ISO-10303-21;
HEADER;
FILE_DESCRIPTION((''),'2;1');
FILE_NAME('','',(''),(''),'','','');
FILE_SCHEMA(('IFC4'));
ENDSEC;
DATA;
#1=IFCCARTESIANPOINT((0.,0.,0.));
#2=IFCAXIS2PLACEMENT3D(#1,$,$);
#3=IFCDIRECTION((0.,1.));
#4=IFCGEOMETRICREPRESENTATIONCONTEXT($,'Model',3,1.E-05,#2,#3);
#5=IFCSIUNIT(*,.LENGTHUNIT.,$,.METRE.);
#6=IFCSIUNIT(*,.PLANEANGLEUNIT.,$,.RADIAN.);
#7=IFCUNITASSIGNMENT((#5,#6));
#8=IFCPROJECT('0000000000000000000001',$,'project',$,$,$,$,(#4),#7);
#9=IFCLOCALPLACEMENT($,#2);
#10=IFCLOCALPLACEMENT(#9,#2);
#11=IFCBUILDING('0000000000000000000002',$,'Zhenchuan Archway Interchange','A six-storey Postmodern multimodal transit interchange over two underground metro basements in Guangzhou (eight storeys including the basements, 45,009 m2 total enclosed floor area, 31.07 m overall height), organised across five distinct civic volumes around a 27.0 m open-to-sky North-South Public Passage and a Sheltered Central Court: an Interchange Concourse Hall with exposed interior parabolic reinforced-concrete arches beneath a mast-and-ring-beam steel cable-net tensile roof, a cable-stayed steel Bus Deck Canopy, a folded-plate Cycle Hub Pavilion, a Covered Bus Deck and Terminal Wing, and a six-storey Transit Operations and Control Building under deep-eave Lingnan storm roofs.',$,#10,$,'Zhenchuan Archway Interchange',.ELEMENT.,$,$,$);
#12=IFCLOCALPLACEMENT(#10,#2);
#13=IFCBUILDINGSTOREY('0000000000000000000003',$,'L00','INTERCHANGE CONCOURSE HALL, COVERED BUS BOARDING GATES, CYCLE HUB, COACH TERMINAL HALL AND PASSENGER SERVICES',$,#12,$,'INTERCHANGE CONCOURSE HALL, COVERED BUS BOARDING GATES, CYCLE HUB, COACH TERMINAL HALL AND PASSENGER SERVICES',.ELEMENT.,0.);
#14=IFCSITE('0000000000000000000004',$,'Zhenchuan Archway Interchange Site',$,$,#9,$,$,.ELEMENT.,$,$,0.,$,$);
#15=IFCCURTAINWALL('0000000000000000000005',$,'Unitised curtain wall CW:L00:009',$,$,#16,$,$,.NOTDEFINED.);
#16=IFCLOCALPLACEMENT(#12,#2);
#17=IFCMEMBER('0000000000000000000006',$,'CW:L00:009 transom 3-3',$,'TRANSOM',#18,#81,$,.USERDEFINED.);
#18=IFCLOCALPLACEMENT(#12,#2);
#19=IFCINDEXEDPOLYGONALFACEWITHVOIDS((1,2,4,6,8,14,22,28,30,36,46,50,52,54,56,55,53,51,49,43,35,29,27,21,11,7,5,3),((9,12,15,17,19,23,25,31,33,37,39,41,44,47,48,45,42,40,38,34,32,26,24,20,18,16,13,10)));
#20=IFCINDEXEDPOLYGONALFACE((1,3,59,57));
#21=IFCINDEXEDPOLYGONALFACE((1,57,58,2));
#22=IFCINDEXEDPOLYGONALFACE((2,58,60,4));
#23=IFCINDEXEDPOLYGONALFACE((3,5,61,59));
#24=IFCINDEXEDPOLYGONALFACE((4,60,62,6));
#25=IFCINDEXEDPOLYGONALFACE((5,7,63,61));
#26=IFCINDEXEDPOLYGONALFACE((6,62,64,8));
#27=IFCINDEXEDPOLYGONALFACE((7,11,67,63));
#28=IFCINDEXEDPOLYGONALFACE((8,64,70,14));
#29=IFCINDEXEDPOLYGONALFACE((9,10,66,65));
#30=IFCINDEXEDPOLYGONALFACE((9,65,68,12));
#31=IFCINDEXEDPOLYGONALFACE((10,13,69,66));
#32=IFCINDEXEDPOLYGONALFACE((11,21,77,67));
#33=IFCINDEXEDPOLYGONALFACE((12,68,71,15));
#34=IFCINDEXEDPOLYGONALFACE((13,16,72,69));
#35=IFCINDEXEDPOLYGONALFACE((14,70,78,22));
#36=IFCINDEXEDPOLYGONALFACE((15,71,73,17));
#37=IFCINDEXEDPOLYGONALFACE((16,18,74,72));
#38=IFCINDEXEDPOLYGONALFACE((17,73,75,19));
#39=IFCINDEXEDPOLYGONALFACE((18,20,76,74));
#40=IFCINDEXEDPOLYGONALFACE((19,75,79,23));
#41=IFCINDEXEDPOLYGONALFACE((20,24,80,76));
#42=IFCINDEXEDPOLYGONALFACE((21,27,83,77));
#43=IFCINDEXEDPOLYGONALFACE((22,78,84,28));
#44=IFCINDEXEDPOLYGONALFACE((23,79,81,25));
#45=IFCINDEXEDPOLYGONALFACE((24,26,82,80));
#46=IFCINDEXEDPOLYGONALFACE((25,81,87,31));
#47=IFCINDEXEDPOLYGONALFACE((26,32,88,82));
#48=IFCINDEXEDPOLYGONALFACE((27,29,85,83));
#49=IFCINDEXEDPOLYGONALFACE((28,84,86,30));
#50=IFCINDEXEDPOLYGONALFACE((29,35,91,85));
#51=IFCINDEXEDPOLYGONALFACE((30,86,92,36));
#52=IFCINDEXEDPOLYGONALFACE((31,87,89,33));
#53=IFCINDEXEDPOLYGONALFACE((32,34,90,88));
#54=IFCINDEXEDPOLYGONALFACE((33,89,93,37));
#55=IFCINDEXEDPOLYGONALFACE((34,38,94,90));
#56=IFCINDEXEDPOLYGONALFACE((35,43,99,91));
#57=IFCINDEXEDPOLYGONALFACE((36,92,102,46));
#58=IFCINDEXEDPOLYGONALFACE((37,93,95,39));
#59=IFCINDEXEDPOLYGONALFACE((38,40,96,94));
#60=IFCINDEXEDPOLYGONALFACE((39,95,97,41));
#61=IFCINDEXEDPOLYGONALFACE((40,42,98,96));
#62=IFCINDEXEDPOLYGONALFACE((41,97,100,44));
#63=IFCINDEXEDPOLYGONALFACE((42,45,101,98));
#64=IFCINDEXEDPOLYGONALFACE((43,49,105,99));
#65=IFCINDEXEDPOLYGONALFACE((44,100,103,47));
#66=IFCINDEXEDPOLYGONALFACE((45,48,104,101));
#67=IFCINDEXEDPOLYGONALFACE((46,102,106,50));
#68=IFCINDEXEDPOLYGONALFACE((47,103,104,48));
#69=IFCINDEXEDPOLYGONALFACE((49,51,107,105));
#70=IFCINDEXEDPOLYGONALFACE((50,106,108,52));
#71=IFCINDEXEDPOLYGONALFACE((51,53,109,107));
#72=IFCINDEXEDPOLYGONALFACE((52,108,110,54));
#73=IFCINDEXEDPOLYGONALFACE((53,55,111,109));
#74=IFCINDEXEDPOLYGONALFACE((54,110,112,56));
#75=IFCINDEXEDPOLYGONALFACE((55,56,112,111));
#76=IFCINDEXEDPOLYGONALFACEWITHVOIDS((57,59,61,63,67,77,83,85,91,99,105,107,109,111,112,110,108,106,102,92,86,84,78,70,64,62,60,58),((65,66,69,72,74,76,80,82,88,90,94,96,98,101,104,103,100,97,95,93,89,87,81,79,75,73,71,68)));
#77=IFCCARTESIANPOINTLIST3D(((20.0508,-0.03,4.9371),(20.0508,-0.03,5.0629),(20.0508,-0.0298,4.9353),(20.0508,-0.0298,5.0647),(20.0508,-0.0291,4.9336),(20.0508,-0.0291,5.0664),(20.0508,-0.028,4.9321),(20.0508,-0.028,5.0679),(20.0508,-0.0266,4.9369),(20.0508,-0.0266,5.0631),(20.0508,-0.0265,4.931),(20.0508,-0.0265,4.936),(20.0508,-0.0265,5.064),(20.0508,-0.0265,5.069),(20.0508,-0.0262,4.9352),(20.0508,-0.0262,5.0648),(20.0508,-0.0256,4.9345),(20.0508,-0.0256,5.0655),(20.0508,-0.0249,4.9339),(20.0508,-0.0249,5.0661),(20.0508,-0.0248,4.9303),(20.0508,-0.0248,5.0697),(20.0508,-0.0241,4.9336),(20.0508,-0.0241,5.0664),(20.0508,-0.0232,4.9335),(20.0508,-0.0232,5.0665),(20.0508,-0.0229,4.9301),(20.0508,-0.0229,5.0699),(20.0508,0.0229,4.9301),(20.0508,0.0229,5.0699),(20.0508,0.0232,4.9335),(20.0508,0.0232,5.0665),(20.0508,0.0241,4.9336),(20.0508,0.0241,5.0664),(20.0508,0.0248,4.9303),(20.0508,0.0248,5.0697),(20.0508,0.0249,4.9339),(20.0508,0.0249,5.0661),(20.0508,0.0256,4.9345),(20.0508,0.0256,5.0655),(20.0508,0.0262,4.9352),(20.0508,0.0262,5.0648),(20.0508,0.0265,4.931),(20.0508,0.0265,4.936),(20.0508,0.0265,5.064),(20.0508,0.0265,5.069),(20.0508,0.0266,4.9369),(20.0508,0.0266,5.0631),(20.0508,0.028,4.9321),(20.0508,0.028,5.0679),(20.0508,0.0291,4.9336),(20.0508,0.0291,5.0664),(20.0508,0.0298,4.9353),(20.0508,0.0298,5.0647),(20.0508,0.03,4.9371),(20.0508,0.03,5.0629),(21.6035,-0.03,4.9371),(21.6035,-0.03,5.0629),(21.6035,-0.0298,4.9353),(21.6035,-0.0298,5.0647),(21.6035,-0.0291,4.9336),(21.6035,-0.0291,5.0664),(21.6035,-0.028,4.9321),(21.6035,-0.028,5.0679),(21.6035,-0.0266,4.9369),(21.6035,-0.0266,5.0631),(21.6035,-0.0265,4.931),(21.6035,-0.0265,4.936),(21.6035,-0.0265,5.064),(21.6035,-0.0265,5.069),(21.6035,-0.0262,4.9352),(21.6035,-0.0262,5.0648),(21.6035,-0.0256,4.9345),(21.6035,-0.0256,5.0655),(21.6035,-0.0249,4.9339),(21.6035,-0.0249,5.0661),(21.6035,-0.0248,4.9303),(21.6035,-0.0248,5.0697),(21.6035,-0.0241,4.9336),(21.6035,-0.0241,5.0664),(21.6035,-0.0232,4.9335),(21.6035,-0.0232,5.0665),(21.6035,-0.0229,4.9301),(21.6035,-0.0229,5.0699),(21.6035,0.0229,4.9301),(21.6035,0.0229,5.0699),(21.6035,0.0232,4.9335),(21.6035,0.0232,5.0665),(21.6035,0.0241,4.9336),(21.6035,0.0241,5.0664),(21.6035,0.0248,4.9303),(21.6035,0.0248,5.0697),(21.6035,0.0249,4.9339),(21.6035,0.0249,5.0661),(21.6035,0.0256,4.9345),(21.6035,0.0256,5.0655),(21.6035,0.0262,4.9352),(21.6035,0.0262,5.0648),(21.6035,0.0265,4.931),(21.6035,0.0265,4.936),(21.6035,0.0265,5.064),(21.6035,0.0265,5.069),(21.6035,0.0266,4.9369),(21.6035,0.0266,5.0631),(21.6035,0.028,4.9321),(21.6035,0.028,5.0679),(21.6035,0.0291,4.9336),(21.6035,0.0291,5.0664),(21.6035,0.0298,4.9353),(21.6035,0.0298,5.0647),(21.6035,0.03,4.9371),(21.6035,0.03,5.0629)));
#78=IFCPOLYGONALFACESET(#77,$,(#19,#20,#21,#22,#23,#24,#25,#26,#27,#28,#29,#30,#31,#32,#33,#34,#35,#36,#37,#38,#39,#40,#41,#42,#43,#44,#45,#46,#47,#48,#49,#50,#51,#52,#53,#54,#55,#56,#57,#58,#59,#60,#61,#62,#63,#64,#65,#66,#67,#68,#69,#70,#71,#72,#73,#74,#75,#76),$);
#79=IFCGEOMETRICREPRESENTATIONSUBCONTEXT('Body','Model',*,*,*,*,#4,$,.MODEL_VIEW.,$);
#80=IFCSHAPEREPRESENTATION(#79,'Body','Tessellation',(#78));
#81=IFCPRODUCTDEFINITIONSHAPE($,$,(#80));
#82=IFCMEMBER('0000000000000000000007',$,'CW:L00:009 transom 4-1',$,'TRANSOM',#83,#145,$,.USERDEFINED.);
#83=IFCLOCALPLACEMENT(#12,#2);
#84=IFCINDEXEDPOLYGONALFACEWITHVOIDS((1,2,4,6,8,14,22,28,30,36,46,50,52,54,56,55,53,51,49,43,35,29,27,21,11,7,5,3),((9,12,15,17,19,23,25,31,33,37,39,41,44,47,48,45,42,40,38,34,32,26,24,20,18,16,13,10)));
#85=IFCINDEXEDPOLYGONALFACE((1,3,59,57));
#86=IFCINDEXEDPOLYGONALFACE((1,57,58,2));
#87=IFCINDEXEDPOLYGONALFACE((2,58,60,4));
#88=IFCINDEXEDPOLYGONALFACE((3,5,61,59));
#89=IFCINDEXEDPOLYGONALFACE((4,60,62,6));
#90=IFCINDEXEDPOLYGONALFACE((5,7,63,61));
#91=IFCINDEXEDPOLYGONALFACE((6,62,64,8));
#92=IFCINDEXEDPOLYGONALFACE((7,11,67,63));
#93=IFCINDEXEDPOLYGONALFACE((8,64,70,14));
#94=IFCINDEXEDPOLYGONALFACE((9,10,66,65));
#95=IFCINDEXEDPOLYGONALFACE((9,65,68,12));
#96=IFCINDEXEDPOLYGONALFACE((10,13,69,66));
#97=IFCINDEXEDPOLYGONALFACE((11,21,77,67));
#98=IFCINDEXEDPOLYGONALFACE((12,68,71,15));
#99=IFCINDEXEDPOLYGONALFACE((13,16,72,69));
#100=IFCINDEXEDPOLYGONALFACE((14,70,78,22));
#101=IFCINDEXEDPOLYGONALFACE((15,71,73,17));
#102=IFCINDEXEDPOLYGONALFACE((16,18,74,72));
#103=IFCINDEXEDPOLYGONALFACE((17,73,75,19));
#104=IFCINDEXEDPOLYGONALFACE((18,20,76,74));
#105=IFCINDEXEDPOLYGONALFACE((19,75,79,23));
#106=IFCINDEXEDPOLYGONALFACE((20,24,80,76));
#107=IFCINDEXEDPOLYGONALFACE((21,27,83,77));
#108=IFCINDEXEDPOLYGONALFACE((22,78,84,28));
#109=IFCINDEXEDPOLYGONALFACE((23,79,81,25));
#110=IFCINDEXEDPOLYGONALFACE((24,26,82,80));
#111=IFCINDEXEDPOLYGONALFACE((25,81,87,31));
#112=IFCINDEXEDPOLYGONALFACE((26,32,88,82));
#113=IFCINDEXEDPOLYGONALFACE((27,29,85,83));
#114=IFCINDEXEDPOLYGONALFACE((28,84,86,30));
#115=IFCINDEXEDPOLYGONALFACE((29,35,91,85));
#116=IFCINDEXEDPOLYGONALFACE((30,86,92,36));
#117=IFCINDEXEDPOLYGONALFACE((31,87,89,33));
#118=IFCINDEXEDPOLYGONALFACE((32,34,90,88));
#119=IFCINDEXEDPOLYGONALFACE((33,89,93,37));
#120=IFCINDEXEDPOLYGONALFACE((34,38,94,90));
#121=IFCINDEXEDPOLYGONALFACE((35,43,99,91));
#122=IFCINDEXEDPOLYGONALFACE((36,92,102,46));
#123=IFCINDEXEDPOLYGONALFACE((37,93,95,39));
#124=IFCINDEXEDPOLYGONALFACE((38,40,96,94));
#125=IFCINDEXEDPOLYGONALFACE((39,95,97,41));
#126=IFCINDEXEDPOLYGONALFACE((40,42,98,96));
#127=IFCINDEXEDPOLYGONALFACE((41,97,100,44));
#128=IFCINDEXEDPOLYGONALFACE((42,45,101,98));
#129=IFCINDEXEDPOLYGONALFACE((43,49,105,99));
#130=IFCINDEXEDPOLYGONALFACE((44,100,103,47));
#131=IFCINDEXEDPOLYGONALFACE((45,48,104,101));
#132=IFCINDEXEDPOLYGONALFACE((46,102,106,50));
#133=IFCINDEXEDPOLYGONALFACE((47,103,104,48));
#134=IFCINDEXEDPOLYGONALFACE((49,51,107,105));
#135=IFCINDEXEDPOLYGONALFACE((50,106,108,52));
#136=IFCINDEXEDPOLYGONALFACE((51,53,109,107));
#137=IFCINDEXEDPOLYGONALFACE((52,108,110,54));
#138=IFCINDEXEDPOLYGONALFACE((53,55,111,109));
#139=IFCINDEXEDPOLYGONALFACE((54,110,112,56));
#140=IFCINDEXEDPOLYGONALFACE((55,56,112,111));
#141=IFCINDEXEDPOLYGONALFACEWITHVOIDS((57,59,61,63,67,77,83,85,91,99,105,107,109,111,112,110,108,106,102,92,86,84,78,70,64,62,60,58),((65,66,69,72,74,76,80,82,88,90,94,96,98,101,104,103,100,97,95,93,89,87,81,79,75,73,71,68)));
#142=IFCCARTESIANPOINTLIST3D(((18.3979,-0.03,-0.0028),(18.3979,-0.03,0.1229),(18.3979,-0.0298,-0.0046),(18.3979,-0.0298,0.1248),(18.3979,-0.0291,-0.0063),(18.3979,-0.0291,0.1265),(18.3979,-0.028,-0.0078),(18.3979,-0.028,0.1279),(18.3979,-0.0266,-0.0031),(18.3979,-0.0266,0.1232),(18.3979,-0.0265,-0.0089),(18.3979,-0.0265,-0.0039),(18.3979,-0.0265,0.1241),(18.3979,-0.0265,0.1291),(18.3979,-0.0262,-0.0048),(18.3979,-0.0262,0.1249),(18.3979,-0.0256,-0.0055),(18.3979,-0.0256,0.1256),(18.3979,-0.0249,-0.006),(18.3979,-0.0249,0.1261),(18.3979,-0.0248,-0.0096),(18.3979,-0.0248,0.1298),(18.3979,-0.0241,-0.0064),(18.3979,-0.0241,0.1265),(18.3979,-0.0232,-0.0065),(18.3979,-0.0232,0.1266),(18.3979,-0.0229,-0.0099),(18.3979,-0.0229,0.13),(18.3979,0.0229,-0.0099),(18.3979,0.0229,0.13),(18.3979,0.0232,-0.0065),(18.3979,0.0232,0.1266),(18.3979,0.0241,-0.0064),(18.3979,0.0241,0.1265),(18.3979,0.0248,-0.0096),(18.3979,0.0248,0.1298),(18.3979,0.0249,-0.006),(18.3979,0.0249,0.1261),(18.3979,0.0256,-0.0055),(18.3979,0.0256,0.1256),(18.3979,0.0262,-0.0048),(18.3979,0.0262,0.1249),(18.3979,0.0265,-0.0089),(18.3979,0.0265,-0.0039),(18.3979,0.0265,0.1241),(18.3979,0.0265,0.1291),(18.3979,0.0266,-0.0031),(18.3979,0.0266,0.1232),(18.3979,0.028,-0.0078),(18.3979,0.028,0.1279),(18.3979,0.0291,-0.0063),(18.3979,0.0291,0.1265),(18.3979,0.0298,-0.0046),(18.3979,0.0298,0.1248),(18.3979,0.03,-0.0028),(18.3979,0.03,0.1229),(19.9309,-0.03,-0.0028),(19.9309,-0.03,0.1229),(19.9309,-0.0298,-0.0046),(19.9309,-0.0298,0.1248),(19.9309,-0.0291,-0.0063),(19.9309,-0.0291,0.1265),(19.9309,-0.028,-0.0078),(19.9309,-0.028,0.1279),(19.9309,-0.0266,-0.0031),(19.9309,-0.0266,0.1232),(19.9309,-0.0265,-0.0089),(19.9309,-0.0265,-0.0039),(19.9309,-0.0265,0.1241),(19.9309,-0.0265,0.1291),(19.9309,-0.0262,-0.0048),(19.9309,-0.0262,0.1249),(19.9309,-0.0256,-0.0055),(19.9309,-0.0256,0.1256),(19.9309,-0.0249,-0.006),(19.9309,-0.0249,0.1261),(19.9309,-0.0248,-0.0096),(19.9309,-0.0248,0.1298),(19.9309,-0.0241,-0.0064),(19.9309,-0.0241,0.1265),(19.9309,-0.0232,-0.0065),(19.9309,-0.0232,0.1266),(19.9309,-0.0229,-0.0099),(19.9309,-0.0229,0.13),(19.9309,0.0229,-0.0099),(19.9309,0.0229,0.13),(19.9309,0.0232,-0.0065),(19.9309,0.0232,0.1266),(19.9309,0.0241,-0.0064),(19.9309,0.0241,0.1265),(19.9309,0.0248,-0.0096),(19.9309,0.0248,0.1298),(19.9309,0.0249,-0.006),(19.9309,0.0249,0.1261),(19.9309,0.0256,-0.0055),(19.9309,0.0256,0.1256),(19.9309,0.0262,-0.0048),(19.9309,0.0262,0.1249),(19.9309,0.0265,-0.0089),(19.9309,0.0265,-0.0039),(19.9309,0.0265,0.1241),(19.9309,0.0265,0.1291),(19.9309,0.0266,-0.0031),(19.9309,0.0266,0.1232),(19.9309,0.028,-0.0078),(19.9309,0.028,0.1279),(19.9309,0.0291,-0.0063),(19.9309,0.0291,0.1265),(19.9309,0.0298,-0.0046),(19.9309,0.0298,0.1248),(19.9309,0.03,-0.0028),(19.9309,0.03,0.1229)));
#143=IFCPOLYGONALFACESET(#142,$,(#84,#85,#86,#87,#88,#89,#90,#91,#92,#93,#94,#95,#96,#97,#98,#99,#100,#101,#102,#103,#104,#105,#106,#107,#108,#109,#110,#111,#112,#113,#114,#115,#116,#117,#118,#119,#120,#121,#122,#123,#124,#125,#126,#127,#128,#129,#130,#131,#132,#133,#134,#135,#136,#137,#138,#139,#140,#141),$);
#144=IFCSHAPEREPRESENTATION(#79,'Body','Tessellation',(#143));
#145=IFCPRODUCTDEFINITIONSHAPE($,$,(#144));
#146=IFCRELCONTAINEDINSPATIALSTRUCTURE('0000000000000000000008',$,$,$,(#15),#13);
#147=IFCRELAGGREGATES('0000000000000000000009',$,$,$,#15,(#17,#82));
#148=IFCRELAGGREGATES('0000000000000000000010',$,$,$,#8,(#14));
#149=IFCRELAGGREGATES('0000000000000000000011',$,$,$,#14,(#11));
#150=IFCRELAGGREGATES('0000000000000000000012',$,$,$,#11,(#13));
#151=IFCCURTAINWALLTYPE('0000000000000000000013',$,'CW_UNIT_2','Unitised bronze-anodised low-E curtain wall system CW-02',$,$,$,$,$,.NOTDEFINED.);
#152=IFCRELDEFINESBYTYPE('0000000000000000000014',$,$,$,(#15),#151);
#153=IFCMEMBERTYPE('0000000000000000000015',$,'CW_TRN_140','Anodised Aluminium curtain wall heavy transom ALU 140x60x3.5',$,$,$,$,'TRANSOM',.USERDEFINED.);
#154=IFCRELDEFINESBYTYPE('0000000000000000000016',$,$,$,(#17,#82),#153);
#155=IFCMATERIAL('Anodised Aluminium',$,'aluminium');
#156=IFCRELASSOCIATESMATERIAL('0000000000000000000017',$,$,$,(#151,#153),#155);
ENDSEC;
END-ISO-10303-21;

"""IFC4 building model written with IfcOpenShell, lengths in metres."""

from ifc_helpers import new_model, si_unit, direction, frame, origin, origin_2d, place, context, subcontext, project, spatial, hollow_rectangle, extrude, material, material_profile, profile_set, type_object, element, aggregate, save


model = new_model("IFC4")

# Units and contexts
model_context = context("Model", 3, precision=1e-05, world=origin(), true_north=direction((0.0, 1.0)))
body_context = subcontext(model_context, "Body", "Model", "MODEL_VIEW")
ifc_project = project(units=[si_unit("LENGTHUNIT", "METRE"), si_unit("PLANEANGLEUNIT", "RADIAN")], contexts=[model_context])

# Site, building, storey
site_placement = place(None, origin())
site = spatial("IfcSite", under=ifc_project, at=site_placement, Name="Zhenchuan Archway Interchange Site", CompositionType="ELEMENT", RefElevation=0.0)
building_placement = place(site_placement, origin())
building = spatial("IfcBuilding", under=site, at=building_placement, Name="Zhenchuan Archway Interchange", Description="A six-storey Postmodern multimodal transit interchange over two underground metro basements in Guangzhou (eight storeys including the basements, 45,009 m2 total enclosed floor area, 31.07 m overall height), organised across five distinct civic volumes around a 27.0 m open-to-sky North-South Public Passage and a Sheltered Central Court: an Interchange Concourse Hall with exposed interior parabolic reinforced-concrete arches beneath a mast-and-ring-beam steel cable-net tensile roof, a cable-stayed steel Bus Deck Canopy, a folded-plate Cycle Hub Pavilion, a Covered Bus Deck and Terminal Wing, and a six-storey Transit Operations and Control Building under deep-eave Lingnan storm roofs.", LongName="Zhenchuan Archway Interchange", CompositionType="ELEMENT")
storey_placement = place(building_placement, origin())
storey = spatial("IfcBuildingStorey", under=building, at=storey_placement, Name="L00", Description="INTERCHANGE CONCOURSE HALL, COVERED BUS BOARDING GATES, CYCLE HUB, COACH TERMINAL HALL AND PASSENGER SERVICES", LongName="INTERCHANGE CONCOURSE HALL, COVERED BUS BOARDING GATES, CYCLE HUB, COACH TERMINAL HALL AND PASSENGER SERVICES", CompositionType="ELEMENT", Elevation=0.0)

# Curtain wall, members
ifc_material_1 = material(Name="Anodised Aluminium", Category="aluminium")
curtain_wall_type = type_object("IfcCurtainWallType", Name="CW_UNIT_2", Description="Unitised bronze-anodised low-E curtain wall system CW-02", PredefinedType="NOTDEFINED", material=ifc_material_1)
curtain_wall_placement = place(storey_placement, origin())
curtain_wall = element("IfcCurtainWall", 1, at=curtain_wall_placement, inside=storey, type_object=curtain_wall_type, Name="Unitised curtain wall CW:L00:009", PredefinedType="NOTDEFINED")
ifc_material_profile_1 = material_profile(ifc_material_1, hollow_rectangle(XDim=0.0601, YDim=0.1399, WallThickness=0.0034, InnerFilletRadius=0.0034, OuterFilletRadius=0.0071, at=origin_2d()), Name="ALU 140x60x3.5")
ifc_profile_set_1 = profile_set([ifc_material_profile_1], Name="Anodised Aluminium")
member_type_1 = type_object("IfcMemberType", Name="CW_TRN_140", Description="Anodised Aluminium curtain wall heavy transom ALU 140x60x3.5", ElementType="TRANSOM", PredefinedType="USERDEFINED", material=ifc_profile_set_1)
member_1_placement = place(storey_placement, frame((21.6035, 0.0, 5.0), z_axis=(-1.0, 0.0, 0.0), x_axis=(0.0, -1.0, 0.0)))
member_1 = element("IfcMember", 2, at=member_1_placement, type_object=member_type_1, Name="CW:L00:009 transom 3-3", ObjectType="TRANSOM", PredefinedType="USERDEFINED", context=body_context, shape_type="SweptSolid", body=[
    extrude(hollow_rectangle(XDim=0.0601, YDim=0.1399, WallThickness=0.0034, InnerFilletRadius=0.0034, OuterFilletRadius=0.0071, at=origin_2d()), origin(), (0.0, 0.0, 1.0), 1.5527),
])
member_2_placement = place(storey_placement, frame((19.9309, 0.0, 0.0601), z_axis=(-1.0, 0.0, 0.0), x_axis=(0.0, -1.0, 0.0)))
member_2 = element("IfcMember", 3, at=member_2_placement, type_object=member_type_1, Name="CW:L00:009 transom 4-1", ObjectType="TRANSOM", PredefinedType="USERDEFINED", context=body_context, shape_type="SweptSolid", body=[
    extrude(hollow_rectangle(XDim=0.0601, YDim=0.1399, WallThickness=0.0034, InnerFilletRadius=0.0034, OuterFilletRadius=0.0071, at=origin_2d()), origin(), (0.0, 0.0, 1.0), 1.533),
])

aggregate(curtain_wall, [member_1, member_2])

save(model, "model.ifc")
